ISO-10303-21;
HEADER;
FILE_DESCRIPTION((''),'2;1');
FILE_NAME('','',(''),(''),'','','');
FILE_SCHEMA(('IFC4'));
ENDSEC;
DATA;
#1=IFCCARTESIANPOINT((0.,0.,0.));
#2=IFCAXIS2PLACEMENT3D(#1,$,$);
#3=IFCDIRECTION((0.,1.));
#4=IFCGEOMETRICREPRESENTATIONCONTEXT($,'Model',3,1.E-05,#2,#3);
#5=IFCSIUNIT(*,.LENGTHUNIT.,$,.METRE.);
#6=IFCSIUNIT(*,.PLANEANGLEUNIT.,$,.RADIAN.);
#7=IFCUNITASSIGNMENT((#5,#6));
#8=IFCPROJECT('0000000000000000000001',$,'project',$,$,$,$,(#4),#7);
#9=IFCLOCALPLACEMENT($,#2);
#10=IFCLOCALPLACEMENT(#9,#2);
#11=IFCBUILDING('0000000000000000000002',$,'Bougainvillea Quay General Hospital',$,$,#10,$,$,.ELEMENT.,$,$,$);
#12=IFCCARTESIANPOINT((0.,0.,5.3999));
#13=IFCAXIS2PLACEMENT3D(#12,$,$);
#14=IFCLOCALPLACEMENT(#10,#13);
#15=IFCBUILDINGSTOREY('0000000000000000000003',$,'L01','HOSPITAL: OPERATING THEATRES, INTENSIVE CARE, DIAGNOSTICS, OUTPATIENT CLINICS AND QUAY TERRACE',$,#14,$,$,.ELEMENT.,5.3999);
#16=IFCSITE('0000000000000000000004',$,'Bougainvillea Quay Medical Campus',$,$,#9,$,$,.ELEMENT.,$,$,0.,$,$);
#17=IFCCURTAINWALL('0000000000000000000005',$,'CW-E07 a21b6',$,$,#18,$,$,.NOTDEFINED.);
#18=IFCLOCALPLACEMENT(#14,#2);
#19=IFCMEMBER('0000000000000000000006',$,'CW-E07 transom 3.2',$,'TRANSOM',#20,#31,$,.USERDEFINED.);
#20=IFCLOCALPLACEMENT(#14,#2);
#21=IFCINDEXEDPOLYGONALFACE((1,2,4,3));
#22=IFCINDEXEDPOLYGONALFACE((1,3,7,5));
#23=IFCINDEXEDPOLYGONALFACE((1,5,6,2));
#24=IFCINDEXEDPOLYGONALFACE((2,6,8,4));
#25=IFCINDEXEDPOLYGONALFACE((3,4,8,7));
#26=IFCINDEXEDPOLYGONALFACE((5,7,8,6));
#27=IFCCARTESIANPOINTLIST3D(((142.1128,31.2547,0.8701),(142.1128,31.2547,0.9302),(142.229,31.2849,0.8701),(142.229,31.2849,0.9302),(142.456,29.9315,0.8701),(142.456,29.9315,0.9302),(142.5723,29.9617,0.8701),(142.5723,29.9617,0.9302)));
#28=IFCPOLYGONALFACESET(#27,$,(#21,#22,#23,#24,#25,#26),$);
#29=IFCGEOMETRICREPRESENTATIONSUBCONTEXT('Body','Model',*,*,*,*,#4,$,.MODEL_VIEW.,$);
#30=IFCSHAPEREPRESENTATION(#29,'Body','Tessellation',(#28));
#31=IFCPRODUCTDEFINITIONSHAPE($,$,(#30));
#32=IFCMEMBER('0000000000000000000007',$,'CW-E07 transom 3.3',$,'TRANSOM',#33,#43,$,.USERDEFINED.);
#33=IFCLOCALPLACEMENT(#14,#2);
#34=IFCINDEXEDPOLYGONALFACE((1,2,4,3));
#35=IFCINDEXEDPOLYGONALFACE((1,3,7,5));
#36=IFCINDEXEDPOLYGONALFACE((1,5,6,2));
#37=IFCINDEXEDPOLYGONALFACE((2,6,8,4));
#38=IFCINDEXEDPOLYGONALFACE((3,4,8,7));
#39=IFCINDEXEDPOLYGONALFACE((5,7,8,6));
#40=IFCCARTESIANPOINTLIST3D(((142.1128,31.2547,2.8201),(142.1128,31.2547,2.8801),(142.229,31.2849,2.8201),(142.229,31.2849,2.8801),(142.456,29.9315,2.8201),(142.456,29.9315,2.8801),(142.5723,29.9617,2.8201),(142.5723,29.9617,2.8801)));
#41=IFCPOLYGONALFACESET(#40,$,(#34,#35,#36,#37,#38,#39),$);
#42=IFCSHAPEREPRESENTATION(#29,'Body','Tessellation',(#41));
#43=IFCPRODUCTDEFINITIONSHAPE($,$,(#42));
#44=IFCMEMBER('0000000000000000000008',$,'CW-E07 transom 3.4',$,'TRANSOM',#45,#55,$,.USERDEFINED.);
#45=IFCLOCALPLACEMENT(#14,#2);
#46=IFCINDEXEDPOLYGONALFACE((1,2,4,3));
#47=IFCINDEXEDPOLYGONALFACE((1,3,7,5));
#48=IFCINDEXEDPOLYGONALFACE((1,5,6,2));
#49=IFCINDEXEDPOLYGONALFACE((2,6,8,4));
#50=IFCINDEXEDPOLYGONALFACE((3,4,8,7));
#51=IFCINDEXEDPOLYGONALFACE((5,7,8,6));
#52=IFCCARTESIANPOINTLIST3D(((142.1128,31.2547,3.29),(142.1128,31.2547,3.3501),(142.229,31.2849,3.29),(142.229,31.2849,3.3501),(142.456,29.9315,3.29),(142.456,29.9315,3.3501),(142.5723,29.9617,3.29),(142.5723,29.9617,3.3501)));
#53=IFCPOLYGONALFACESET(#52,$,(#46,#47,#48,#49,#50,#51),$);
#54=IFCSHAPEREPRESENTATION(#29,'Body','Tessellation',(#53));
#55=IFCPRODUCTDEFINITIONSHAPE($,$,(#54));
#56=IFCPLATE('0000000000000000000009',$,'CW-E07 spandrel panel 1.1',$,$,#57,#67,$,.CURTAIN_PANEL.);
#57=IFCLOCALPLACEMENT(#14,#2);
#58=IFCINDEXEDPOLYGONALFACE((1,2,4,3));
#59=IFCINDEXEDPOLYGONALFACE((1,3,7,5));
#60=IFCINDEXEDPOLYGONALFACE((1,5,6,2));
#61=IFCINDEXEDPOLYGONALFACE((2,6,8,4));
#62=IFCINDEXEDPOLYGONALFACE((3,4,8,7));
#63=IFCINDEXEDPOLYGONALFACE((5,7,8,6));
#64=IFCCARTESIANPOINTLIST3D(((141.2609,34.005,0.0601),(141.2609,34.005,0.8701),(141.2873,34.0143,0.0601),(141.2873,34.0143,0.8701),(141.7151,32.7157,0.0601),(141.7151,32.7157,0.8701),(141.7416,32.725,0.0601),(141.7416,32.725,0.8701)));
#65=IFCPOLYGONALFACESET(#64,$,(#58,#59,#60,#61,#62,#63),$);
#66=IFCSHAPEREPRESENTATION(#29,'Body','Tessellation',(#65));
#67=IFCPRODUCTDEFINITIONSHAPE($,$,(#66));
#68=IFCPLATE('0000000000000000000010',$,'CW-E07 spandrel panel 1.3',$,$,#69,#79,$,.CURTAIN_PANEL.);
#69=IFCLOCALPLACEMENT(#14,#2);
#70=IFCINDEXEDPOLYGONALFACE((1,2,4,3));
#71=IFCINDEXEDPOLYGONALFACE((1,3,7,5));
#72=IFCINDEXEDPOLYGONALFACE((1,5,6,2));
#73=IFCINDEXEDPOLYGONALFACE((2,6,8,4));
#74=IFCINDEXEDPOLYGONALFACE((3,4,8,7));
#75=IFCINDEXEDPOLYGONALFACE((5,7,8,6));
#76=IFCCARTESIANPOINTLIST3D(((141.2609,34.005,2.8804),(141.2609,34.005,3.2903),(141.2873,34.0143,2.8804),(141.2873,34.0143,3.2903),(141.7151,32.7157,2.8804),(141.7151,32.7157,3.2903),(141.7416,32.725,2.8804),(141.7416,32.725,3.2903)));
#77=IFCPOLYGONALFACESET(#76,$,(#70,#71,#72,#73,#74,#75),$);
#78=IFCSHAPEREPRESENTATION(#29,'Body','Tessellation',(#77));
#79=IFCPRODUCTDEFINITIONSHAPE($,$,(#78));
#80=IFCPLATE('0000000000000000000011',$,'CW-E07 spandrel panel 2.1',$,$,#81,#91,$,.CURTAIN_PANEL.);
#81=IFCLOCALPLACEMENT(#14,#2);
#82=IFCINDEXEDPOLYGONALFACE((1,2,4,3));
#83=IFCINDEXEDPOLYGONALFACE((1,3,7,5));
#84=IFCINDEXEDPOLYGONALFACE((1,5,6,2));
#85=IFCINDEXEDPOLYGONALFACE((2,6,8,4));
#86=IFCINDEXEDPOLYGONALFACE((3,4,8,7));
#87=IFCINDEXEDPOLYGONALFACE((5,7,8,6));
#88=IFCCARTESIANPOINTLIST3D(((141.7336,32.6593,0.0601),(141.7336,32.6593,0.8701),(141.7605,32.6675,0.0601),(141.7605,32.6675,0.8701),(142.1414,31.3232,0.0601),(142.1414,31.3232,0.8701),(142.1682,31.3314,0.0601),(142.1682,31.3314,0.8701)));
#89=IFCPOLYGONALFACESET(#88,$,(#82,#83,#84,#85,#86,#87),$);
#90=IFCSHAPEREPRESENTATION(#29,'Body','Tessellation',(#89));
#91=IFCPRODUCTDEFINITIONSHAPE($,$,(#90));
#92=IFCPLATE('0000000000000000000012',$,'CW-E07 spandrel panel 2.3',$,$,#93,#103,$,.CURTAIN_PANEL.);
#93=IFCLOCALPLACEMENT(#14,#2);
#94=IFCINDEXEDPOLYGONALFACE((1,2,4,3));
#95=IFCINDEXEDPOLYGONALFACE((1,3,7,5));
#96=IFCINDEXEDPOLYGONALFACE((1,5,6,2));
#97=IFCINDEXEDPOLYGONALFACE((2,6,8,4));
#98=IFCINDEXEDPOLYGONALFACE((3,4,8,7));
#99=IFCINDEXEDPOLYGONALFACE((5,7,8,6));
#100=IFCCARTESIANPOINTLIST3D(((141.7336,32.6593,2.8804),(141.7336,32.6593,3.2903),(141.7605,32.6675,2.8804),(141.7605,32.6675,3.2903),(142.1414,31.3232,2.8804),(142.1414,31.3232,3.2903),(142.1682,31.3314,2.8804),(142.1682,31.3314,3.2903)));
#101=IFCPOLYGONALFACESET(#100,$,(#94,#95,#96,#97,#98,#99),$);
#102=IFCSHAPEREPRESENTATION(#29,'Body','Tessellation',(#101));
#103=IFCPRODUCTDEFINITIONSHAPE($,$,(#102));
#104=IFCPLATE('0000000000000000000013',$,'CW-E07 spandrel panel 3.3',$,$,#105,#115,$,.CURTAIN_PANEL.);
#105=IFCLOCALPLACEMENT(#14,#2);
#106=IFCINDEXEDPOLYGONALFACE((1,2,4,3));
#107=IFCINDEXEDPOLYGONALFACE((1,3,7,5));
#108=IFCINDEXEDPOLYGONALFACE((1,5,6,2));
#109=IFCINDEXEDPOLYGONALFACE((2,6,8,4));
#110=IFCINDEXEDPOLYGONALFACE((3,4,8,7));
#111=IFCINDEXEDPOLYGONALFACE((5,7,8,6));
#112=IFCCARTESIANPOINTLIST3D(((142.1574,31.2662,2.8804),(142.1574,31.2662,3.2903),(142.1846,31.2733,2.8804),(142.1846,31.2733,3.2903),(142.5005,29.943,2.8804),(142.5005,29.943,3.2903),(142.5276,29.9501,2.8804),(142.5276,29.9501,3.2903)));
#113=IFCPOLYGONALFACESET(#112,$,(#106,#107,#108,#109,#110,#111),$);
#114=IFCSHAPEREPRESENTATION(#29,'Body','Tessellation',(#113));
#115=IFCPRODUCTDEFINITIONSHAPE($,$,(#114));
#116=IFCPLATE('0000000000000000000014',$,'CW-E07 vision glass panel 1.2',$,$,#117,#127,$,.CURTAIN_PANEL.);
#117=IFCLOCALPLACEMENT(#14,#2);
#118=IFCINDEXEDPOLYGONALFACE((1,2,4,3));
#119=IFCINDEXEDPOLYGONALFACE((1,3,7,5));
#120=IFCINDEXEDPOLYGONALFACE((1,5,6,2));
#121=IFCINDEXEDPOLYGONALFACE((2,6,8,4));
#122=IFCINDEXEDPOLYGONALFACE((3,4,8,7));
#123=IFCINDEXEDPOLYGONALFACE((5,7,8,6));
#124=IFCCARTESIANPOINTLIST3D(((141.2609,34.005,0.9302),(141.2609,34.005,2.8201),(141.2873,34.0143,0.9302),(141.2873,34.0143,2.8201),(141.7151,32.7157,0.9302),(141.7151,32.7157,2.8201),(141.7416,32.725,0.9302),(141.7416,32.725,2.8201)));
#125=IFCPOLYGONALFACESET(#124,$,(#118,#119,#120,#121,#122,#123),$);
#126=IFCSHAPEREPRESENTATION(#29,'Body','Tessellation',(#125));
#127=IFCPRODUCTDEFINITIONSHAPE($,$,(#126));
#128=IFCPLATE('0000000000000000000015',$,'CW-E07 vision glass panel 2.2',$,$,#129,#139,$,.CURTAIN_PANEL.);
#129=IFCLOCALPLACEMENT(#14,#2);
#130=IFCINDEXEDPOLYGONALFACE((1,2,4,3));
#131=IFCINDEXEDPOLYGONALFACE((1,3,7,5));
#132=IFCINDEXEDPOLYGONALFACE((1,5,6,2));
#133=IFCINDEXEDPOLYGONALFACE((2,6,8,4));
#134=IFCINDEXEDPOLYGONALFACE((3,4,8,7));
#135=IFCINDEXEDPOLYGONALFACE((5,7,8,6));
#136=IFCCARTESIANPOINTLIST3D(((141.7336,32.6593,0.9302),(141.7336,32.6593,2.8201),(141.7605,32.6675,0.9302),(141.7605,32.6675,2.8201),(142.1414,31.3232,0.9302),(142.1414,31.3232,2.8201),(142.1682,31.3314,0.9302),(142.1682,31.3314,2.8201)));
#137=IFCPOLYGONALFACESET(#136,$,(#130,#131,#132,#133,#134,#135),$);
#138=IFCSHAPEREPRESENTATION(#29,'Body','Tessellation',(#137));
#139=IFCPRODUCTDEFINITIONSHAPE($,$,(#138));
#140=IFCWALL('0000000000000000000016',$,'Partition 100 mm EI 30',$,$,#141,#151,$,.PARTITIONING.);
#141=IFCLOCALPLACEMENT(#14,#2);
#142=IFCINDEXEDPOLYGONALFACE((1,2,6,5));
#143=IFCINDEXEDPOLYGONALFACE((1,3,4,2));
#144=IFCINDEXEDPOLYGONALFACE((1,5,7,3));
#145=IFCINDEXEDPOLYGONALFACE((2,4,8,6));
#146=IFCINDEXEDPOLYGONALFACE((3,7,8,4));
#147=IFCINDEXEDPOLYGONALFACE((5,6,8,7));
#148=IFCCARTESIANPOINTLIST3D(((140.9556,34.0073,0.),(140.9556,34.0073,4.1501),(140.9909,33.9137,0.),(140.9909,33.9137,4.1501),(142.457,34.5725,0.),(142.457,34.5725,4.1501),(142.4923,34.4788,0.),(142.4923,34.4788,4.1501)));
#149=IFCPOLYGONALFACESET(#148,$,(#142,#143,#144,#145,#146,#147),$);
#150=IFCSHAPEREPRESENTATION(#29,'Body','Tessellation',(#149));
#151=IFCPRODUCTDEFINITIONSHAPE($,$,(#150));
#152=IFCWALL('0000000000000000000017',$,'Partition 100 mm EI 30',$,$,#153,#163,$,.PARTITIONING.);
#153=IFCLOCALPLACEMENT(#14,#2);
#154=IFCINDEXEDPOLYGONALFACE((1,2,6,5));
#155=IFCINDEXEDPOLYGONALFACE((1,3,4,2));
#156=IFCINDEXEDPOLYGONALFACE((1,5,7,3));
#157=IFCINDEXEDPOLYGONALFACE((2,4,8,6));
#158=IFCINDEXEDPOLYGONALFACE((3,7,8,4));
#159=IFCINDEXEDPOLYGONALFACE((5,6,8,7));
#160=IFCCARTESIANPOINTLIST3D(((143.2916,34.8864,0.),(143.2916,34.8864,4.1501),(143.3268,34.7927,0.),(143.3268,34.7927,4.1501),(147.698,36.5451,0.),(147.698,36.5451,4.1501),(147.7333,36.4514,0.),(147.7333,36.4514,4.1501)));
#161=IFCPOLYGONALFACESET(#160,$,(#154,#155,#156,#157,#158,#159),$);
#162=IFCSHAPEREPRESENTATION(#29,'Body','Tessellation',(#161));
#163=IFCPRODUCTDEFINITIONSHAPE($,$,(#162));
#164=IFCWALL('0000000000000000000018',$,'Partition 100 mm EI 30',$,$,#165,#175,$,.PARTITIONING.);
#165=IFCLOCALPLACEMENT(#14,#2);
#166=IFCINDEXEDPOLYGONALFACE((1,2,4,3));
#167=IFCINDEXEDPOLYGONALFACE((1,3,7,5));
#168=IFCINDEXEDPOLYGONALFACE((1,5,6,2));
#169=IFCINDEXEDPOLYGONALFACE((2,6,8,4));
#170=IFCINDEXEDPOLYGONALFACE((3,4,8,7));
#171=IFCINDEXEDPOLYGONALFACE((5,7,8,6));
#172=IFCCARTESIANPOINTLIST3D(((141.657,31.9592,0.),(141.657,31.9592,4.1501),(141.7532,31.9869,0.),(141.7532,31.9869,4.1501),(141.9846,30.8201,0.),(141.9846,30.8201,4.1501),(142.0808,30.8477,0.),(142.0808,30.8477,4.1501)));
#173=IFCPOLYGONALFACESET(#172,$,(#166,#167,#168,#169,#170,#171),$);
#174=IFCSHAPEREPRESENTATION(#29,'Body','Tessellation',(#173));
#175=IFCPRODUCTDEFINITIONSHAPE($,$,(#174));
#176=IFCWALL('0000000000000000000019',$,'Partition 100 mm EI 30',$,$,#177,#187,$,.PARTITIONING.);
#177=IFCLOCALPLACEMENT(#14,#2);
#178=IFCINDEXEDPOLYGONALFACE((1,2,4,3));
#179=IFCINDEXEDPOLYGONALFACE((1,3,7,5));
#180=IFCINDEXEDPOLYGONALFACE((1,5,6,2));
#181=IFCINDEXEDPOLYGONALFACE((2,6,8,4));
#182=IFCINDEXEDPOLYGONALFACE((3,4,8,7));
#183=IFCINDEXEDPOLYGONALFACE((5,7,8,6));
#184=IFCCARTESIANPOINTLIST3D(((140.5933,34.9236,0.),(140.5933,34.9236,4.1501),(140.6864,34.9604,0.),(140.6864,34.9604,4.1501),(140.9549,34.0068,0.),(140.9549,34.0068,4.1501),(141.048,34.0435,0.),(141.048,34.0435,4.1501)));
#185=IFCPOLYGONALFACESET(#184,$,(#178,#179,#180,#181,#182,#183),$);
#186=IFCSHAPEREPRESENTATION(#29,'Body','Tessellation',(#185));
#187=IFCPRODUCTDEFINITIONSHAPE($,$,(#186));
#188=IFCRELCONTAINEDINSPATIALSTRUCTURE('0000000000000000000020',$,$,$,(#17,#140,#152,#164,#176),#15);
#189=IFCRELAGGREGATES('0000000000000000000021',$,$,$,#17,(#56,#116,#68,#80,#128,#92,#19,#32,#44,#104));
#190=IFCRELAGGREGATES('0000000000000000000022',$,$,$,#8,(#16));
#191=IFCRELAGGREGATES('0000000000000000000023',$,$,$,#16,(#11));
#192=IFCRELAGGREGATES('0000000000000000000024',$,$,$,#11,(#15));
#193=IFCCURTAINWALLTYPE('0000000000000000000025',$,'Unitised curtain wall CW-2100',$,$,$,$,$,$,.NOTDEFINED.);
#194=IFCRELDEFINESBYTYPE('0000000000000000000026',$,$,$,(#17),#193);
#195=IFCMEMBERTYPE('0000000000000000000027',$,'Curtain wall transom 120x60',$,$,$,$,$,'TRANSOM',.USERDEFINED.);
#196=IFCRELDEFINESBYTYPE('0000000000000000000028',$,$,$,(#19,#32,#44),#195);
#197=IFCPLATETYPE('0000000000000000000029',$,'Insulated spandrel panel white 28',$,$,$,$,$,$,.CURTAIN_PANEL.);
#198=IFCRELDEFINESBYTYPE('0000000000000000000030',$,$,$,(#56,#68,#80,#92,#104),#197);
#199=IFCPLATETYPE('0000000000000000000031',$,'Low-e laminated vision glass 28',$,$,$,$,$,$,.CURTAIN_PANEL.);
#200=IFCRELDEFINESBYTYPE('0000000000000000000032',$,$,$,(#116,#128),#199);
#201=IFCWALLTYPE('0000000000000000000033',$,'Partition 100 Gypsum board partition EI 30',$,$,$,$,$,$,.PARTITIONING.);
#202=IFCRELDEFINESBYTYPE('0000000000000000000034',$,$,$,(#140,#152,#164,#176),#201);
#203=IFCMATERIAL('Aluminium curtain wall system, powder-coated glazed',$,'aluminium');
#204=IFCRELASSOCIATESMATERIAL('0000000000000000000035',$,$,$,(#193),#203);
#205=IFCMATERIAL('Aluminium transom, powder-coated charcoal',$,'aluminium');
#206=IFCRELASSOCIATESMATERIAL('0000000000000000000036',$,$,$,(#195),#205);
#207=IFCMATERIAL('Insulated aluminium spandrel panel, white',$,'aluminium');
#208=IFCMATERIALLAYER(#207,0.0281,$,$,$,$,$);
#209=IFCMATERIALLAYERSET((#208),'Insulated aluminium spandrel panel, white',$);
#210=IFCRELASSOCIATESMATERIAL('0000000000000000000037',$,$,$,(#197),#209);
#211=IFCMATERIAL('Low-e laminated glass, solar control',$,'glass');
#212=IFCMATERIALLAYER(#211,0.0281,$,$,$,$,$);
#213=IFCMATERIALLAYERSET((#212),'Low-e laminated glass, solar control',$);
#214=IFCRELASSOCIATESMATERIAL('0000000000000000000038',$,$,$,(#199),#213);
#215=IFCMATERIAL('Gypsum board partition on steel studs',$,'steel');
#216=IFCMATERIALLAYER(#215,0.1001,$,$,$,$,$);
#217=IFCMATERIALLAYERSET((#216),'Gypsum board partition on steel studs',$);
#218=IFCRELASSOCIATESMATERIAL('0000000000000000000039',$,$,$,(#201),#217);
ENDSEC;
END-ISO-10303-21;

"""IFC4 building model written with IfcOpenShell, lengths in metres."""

from ifc_helpers import new_model, si_unit, direction, frame, frame_2d, origin, origin_2d, place, context, subcontext, project, spatial, rectangle, extrude, material, layer, layer_set, material_profile, profile_set, type_object, element, aggregate, save


model = new_model("IFC4")

# Units and contexts
model_context = context("Model", 3, precision=1e-05, world=origin(), true_north=direction((0.0, 1.0)))
body_context = subcontext(model_context, "Body", "Model", "MODEL_VIEW")
ifc_project = project(units=[si_unit("LENGTHUNIT", "METRE"), si_unit("PLANEANGLEUNIT", "RADIAN")], contexts=[model_context])

# Site, building, storey
site_placement = place(None, origin())
site = spatial("IfcSite", under=ifc_project, at=site_placement, Name="Bougainvillea Quay Medical Campus", CompositionType="ELEMENT", RefElevation=0.0)
building_placement = place(site_placement, origin())
building = spatial("IfcBuilding", under=site, at=building_placement, Name="Bougainvillea Quay General Hospital", CompositionType="ELEMENT")
storey_placement = place(building_placement, frame((0.0, 0.0, 5.3999)))
storey = spatial("IfcBuildingStorey", under=building, at=storey_placement, Name="L01", Description="HOSPITAL: OPERATING THEATRES, INTENSIVE CARE, DIAGNOSTICS, OUTPATIENT CLINICS AND QUAY TERRACE", CompositionType="ELEMENT", Elevation=5.3999)

# Curtain wall, members, plates
ifc_material_1 = material(Name="Aluminium curtain wall system, powder-coated glazed", Category="aluminium")
curtain_wall_type = type_object("IfcCurtainWallType", Name="Unitised curtain wall CW-2100", PredefinedType="NOTDEFINED", material=ifc_material_1)
curtain_wall_placement = place(storey_placement, origin())
curtain_wall = element("IfcCurtainWall", 1, at=curtain_wall_placement, inside=storey, type_object=curtain_wall_type, Name="CW-E07 a21b6", PredefinedType="NOTDEFINED")
ifc_material_2 = material(Name="Aluminium transom, powder-coated charcoal", Category="aluminium")
ifc_material_profile_1 = material_profile(ifc_material_2, rectangle(XDim=0.1201, YDim=0.0601, at=origin_2d()))
ifc_profile_set_1 = profile_set([ifc_material_profile_1], Name="Aluminium transom, powder-coated charcoal")
member_type_1 = type_object("IfcMemberType", Name="Curtain wall transom 120x60", ElementType="TRANSOM", PredefinedType="USERDEFINED", material=ifc_profile_set_1)
member_1_placement = place(storey_placement, frame((142.1709, 31.2698, 0.9001), z_axis=(0.251099, -0.967962, 0.0), x_axis=(0.967962, 0.251099, 0.0)))
member_1 = element("IfcMember", 2, at=member_1_placement, type_object=member_type_1, Name="CW-E07 transom 3.2", ObjectType="TRANSOM", PredefinedType="USERDEFINED", context=body_context, shape_type="SweptSolid", body=[
    extrude(rectangle(XDim=0.1201, YDim=0.0601, at=origin_2d()), origin(), (0.0, 0.0, 1.0), 1.3669),
])
member_2_placement = place(storey_placement, frame((142.1709, 31.2698, 2.8501), z_axis=(0.251099, -0.967962, 0.0), x_axis=(0.967962, 0.251099, 0.0)))
member_2 = element("IfcMember", 3, at=member_2_placement, type_object=member_type_1, Name="CW-E07 transom 3.3", ObjectType="TRANSOM", PredefinedType="USERDEFINED", context=body_context, shape_type="SweptSolid", body=[
    extrude(rectangle(XDim=0.1201, YDim=0.0601, at=origin_2d()), origin(), (0.0, 0.0, 1.0), 1.3669),
])
member_3_placement = place(storey_placement, frame((142.1709, 31.2698, 3.3201), z_axis=(0.251099, -0.967962, 0.0), x_axis=(0.967962, 0.251099, 0.0)))
member_3 = element("IfcMember", 4, at=member_3_placement, type_object=member_type_1, Name="CW-E07 transom 3.4", ObjectType="TRANSOM", PredefinedType="USERDEFINED", context=body_context, shape_type="SweptSolid", body=[
    extrude(rectangle(XDim=0.1201, YDim=0.0601, at=origin_2d()), origin(), (0.0, 0.0, 1.0), 1.3669),
])
ifc_material_3 = material(Name="Insulated aluminium spandrel panel, white", Category="aluminium")
ifc_layer_1 = layer(ifc_material_3, 0.0281)
ifc_layer_set_1 = layer_set([ifc_layer_1], Name="Insulated aluminium spandrel panel, white")
plate_type_1 = type_object("IfcPlateType", Name="Insulated spandrel panel white 28", PredefinedType="CURTAIN_PANEL", material=ifc_layer_set_1)
plate_1_placement = place(storey_placement, frame((141.5012, 33.365, 0.0601), z_axis=(0.0, 0.0, 1.0), x_axis=(0.332315, -0.943169, 0.0)))
plate_1 = element("IfcPlate", 5, at=plate_1_placement, type_object=plate_type_1, Name="CW-E07 spandrel panel 1.1", PredefinedType="CURTAIN_PANEL", context=body_context, shape_type="SweptSolid", body=[
    extrude(rectangle(XDim=1.3669, YDim=0.0281, at=origin_2d()), origin(), (0.0, 0.0, 1.0), 0.8101),
])
plate_2_placement = place(storey_placement, frame((141.5012, 33.365, 2.8804), z_axis=(0.0, 0.0, 1.0), x_axis=(0.332315, -0.943169, 0.0)))
plate_2 = element("IfcPlate", 6, at=plate_2_placement, type_object=plate_type_1, Name="CW-E07 spandrel panel 1.3", PredefinedType="CURTAIN_PANEL", context=body_context, shape_type="SweptSolid", body=[
    extrude(rectangle(XDim=1.3669, YDim=0.0281, at=origin_2d()), origin(), (0.0, 0.0, 1.0), 0.4099),
])
plate_3_placement = place(storey_placement, frame((141.9509, 31.9954, 0.0601), z_axis=(0.0, 0.0, 1.0), x_axis=(0.291904, -0.956448, 0.0)))
plate_3 = element("IfcPlate", 7, at=plate_3_placement, type_object=plate_type_1, Name="CW-E07 spandrel panel 2.1", PredefinedType="CURTAIN_PANEL", context=body_context, shape_type="SweptSolid", body=[
    extrude(rectangle(XDim=1.397, YDim=0.0281, at=origin_2d()), origin(), (0.0, 0.0, 1.0), 0.8101),
])
plate_4_placement = place(storey_placement, frame((141.9509, 31.9954, 2.8804), z_axis=(0.0, 0.0, 1.0), x_axis=(0.291904, -0.956448, 0.0)))
plate_4 = element("IfcPlate", 8, at=plate_4_placement, type_object=plate_type_1, Name="CW-E07 spandrel panel 2.3", PredefinedType="CURTAIN_PANEL", context=body_context, shape_type="SweptSolid", body=[
    extrude(rectangle(XDim=1.397, YDim=0.0281, at=origin_2d()), origin(), (0.0, 0.0, 1.0), 0.4099),
])
plate_5_placement = place(storey_placement, frame((142.3425, 30.6082, 2.8804), z_axis=(0.0, 0.0, 1.0), x_axis=(0.250966, -0.967996, 0.0)))
plate_5 = element("IfcPlate", 9, at=plate_5_placement, type_object=plate_type_1, Name="CW-E07 spandrel panel 3.3", PredefinedType="CURTAIN_PANEL", context=body_context, shape_type="SweptSolid", body=[
    extrude(rectangle(XDim=1.3669, YDim=0.0281, at=origin_2d()), origin(), (0.0, 0.0, 1.0), 0.4099),
])
ifc_material_4 = material(Name="Low-e laminated glass, solar control", Category="glass")
ifc_layer_2 = layer(ifc_material_4, 0.0281)
ifc_layer_set_2 = layer_set([ifc_layer_2], Name="Low-e laminated glass, solar control")
plate_type_2 = type_object("IfcPlateType", Name="Low-e laminated vision glass 28", PredefinedType="CURTAIN_PANEL", material=ifc_layer_set_2)
plate_6_placement = place(storey_placement, frame((141.5012, 33.365, 0.9302), z_axis=(0.0, 0.0, 1.0), x_axis=(0.332315, -0.943169, 0.0)))
plate_6 = element("IfcPlate", 10, at=plate_6_placement, type_object=plate_type_2, Name="CW-E07 vision glass panel 1.2", PredefinedType="CURTAIN_PANEL", context=body_context, shape_type="SweptSolid", body=[
    extrude(rectangle(XDim=1.3669, YDim=0.0281, at=origin_2d()), origin(), (0.0, 0.0, 1.0), 1.8899),
])
plate_7_placement = place(storey_placement, frame((141.9509, 31.9954, 0.9302), z_axis=(0.0, 0.0, 1.0), x_axis=(0.291904, -0.956448, 0.0)))
plate_7 = element("IfcPlate", 11, at=plate_7_placement, type_object=plate_type_2, Name="CW-E07 vision glass panel 2.2", PredefinedType="CURTAIN_PANEL", context=body_context, shape_type="SweptSolid", body=[
    extrude(rectangle(XDim=1.397, YDim=0.0281, at=origin_2d()), origin(), (0.0, 0.0, 1.0), 1.8899),
])
aggregate(curtain_wall, [plate_1, plate_6, plate_2, plate_3, plate_7, plate_4, member_1, member_2, member_3, plate_5])

# Walls
ifc_material_5 = material(Name="Gypsum board partition on steel studs", Category="steel")
ifc_layer_3 = layer(ifc_material_5, 0.1001)
ifc_layer_set_3 = layer_set([ifc_layer_3], Name="Gypsum board partition on steel studs")
wall_type_1 = type_object("IfcWallType", Name="Partition 100 Gypsum board partition EI 30", PredefinedType="PARTITIONING", material=ifc_layer_set_3)
wall_1_placement = place(storey_placement, frame((140.9731, 33.9604, 0.0), z_axis=(0.0, 0.0, 1.0), x_axis=(0.935891, 0.352291, 0.0)))
element("IfcWall", 12, at=wall_1_placement, inside=storey, type_object=wall_type_1, Name="Partition 100 mm EI 30", PredefinedType="PARTITIONING", context=body_context, shape_type="SweptSolid", body=[
    extrude(rectangle(XDim=1.6042, YDim=0.1001, at=frame_2d((0.8022, 0.0))), origin(), (0.0, 0.0, 1.0), 4.1501),
])
wall_2_placement = place(storey_placement, frame((143.3093, 34.8396, 0.0), z_axis=(0.0, 0.0, 1.0), x_axis=(0.935892, 0.352288, 0.0)))
element("IfcWall", 13, at=wall_2_placement, inside=storey, type_object=wall_type_1, Name="Partition 100 mm EI 30", PredefinedType="PARTITIONING", context=body_context, shape_type="SweptSolid", body=[
    extrude(rectangle(XDim=4.7083, YDim=0.1001, at=frame_2d((2.354, 0.0))), origin(), (0.0, 0.0, 1.0), 4.1501),
])
wall_3_placement = place(storey_placement, frame((141.7051, 31.9731, 0.0), z_axis=(0.0, 0.0, 1.0), x_axis=(0.276407, -0.961041, 0.0)))
element("IfcWall", 14, at=wall_3_placement, inside=storey, type_object=wall_type_1, Name="Partition 100 mm EI 30", PredefinedType="PARTITIONING", context=body_context, shape_type="SweptSolid", body=[
    extrude(rectangle(XDim=1.1853, YDim=0.1001, at=frame_2d((0.5928, 0.0))), origin(), (0.0, 0.0, 1.0), 4.1501),
])
wall_4_placement = place(storey_placement, frame((140.6399, 34.9419, 0.0), z_axis=(0.0, 0.0, 1.0), x_axis=(0.366901, -0.93026, 0.0)))
element("IfcWall", 15, at=wall_4_placement, inside=storey, type_object=wall_type_1, Name="Partition 100 mm EI 30", PredefinedType="PARTITIONING", context=body_context, shape_type="SweptSolid", body=[
    extrude(rectangle(XDim=0.9856, YDim=0.1001, at=frame_2d((0.4927, 0.0))), origin(), (0.0, 0.0, 1.0), 4.1501),
])

save(model, "model.ifc")
